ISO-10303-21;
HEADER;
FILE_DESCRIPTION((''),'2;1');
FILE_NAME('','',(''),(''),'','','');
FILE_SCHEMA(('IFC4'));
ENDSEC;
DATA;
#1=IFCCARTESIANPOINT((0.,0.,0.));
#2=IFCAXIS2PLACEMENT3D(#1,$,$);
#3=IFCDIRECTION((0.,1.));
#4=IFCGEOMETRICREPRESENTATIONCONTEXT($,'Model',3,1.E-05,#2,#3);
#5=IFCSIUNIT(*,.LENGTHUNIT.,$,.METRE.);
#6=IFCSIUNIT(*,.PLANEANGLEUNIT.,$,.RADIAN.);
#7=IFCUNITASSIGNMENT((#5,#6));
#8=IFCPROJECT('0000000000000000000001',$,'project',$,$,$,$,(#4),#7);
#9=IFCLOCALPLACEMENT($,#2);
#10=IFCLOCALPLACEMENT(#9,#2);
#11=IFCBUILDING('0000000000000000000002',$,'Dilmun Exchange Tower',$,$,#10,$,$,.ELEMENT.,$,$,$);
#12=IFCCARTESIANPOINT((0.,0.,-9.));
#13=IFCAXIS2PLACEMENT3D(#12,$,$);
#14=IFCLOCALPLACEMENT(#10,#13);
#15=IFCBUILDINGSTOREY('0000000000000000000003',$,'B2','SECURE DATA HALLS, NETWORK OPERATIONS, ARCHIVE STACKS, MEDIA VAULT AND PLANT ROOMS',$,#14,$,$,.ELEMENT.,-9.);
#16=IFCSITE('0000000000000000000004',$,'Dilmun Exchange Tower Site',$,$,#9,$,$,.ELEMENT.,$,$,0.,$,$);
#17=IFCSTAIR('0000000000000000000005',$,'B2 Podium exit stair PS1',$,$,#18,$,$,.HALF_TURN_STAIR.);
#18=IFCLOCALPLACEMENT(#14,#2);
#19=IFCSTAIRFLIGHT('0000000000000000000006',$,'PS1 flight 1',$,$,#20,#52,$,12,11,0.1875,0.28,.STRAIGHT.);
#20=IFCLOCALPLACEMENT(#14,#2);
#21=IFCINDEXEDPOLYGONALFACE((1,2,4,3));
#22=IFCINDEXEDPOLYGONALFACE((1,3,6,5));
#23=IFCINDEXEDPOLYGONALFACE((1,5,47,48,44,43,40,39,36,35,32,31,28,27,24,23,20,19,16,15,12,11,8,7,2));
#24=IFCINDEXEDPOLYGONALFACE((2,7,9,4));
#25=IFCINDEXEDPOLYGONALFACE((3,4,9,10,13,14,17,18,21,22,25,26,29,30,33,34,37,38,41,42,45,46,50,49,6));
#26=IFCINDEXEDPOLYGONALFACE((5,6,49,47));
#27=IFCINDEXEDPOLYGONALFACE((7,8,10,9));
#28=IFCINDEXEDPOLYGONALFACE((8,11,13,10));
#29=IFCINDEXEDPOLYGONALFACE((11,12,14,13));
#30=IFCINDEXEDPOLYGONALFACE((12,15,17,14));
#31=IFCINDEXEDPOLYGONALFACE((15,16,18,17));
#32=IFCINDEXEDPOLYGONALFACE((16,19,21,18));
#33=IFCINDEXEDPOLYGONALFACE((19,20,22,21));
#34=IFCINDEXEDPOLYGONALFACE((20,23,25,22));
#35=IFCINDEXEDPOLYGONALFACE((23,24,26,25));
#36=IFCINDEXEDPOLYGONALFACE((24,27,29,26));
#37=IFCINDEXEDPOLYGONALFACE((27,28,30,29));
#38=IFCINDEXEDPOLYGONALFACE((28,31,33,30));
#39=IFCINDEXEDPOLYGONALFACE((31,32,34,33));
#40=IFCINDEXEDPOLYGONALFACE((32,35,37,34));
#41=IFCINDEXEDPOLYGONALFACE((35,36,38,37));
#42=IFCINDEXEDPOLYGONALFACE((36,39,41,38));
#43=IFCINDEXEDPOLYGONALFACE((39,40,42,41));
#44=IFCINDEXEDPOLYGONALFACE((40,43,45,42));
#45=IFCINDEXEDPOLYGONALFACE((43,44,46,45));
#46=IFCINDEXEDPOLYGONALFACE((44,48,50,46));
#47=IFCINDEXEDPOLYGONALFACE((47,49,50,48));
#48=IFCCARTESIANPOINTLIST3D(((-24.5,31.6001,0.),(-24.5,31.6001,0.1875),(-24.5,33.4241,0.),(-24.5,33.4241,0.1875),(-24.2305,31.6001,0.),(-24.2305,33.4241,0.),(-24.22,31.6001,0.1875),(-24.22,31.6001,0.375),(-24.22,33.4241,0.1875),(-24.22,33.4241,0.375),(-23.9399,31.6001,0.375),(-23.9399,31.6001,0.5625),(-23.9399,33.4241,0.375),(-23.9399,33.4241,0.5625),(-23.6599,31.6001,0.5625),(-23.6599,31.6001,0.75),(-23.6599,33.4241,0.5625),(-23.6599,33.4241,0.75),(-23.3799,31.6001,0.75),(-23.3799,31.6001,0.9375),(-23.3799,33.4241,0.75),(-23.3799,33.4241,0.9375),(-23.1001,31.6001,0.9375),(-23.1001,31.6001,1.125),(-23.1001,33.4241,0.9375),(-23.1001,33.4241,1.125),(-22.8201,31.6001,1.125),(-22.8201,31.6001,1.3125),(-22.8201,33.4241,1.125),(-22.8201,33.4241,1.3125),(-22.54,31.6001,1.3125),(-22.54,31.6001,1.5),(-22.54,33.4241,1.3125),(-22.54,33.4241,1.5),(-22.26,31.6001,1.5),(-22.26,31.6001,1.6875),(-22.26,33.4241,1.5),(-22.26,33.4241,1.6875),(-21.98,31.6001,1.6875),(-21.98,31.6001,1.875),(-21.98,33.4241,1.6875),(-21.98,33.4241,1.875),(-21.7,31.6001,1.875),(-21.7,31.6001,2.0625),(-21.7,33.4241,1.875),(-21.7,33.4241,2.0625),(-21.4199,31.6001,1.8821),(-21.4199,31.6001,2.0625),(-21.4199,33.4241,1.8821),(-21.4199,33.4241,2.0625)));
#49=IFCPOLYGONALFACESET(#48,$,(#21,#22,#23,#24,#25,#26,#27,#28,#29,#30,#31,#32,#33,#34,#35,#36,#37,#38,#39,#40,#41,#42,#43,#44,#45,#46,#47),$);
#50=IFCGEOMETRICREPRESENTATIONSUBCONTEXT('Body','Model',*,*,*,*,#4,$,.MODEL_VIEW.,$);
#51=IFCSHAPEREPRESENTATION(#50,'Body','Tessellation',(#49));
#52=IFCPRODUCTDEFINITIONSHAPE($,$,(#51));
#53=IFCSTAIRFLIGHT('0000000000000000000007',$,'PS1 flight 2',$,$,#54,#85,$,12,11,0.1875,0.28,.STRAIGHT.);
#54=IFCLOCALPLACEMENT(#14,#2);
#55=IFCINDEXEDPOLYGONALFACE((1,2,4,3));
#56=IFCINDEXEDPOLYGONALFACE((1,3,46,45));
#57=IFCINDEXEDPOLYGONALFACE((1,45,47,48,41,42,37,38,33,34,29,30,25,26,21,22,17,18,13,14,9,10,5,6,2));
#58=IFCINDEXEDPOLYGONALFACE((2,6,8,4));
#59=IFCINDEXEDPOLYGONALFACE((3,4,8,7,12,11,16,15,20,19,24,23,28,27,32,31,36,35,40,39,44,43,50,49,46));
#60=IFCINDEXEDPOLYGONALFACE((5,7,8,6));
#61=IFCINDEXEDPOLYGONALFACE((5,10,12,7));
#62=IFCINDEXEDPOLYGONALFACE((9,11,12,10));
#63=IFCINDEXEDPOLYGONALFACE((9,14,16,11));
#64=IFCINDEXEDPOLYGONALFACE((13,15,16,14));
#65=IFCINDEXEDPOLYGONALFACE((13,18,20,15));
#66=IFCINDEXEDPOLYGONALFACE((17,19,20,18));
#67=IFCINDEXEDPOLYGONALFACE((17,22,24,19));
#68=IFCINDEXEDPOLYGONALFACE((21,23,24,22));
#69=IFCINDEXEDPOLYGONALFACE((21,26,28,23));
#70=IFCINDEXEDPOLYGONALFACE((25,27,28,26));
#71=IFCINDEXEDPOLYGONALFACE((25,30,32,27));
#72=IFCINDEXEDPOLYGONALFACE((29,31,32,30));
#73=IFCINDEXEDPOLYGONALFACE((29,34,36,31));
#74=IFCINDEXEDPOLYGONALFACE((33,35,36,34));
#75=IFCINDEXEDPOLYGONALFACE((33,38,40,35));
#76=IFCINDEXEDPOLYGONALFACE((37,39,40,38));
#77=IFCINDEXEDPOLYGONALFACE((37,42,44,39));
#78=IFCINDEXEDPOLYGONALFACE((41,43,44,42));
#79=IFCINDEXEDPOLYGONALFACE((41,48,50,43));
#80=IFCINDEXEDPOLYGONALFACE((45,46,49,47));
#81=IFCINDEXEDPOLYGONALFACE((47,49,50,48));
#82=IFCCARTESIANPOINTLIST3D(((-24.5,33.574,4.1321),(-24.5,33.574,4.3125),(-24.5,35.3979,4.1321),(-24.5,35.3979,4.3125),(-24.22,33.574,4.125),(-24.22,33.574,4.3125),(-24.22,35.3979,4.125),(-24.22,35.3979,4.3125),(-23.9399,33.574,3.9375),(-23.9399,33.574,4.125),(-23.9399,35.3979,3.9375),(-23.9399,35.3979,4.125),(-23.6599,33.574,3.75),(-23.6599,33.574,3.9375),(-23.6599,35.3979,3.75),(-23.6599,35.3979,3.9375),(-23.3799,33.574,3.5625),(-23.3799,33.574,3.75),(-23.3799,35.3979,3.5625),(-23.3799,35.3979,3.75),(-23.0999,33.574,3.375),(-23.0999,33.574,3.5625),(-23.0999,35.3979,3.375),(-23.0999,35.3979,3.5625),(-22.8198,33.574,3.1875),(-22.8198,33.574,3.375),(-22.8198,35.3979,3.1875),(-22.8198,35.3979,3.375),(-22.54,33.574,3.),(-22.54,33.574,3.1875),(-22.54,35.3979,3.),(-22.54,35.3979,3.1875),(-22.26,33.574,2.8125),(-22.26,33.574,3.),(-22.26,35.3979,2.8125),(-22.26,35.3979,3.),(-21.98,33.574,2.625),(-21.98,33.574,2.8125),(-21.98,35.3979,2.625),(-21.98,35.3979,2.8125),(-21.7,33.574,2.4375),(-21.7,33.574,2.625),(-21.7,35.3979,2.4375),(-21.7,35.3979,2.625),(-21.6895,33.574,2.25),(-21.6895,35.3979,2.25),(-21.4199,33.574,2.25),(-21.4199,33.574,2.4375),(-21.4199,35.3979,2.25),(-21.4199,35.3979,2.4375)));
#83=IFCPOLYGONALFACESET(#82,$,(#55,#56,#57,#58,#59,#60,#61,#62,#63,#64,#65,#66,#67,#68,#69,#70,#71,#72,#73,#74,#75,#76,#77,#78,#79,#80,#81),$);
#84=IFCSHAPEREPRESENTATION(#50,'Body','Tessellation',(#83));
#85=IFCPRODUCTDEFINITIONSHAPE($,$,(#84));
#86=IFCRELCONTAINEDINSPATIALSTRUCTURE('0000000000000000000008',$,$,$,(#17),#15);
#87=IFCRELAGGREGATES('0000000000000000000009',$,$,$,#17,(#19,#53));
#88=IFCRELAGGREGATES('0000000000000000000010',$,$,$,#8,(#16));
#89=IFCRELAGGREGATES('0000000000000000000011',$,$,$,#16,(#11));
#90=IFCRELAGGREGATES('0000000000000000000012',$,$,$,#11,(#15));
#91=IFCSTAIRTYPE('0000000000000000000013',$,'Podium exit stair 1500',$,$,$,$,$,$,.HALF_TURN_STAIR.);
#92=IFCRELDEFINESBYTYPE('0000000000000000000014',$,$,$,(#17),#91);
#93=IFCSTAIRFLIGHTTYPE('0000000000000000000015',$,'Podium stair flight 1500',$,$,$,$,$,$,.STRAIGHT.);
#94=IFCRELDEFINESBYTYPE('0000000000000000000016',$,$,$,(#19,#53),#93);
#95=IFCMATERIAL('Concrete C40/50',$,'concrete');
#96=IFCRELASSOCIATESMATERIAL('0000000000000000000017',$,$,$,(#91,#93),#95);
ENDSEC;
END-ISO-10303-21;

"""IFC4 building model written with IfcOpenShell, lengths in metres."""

from ifc_helpers import new_model, si_unit, direction, frame, origin, place, context, subcontext, project, spatial, polyline, outline, extrude, material, type_object, element, aggregate, save


model = new_model("IFC4")

# Units and contexts
model_context = context("Model", 3, precision=1e-05, world=origin(), true_north=direction((0.0, 1.0)))
body_context = subcontext(model_context, "Body", "Model", "MODEL_VIEW")
ifc_project = project(units=[si_unit("LENGTHUNIT", "METRE"), si_unit("PLANEANGLEUNIT", "RADIAN")], contexts=[model_context])

# Site, building, storey
site_placement = place(None, origin())
site = spatial("IfcSite", under=ifc_project, at=site_placement, Name="Dilmun Exchange Tower Site", CompositionType="ELEMENT", RefElevation=0.0)
building_placement = place(site_placement, origin())
building = spatial("IfcBuilding", under=site, at=building_placement, Name="Dilmun Exchange Tower", CompositionType="ELEMENT")
storey_placement = place(building_placement, frame((0.0, 0.0, -9.0)))
storey = spatial("IfcBuildingStorey", under=building, at=storey_placement, Name="B2", Description="SECURE DATA HALLS, NETWORK OPERATIONS, ARCHIVE STACKS, MEDIA VAULT AND PLANT ROOMS", CompositionType="ELEMENT", Elevation=-9.0)

# Shared definitions
ifc_material_1 = material(Name="Concrete C40/50", Category="concrete")

# Stair, stair flights
stair_type = type_object("IfcStairType", Name="Podium exit stair 1500", PredefinedType="HALF_TURN_STAIR", material=ifc_material_1)
stair_placement = place(storey_placement, origin())
stair = element("IfcStair", 1, at=stair_placement, inside=storey, type_object=stair_type, Name="B2 Podium exit stair PS1", PredefinedType="HALF_TURN_STAIR")
stair_flight_type = type_object("IfcStairFlightType", Name="Podium stair flight 1500", PredefinedType="STRAIGHT", material=ifc_material_1)
stair_flight_1_placement = place(storey_placement, frame((-24.5, 32.512, 0.0), z_axis=(0.0, 0.0, 1.0), x_axis=(1.0, 0.0, 0.0)))
stair_flight_1 = element("IfcStairFlight", 2, at=stair_flight_1_placement, type_object=stair_flight_type, Name="PS1 flight 1", NumberOfRisers=12, NumberOfTreads=11, PredefinedType="STRAIGHT", RiserHeight=0.1875, TreadLength=0.28, context=body_context, shape_type="SweptSolid", body=[
    extrude(outline(polyline([(0.0, 0.0), (0.0, 0.1875), (0.28, 0.1875), (0.28, 0.375), (0.5601, 0.375), (0.5601, 0.5625), (0.8401, 0.5625), (0.8401, 0.75), (1.1201, 0.75), (1.1201, 0.9375), (1.3999, 0.9375), (1.3999, 1.125), (1.6799, 1.125), (1.6799, 1.3125), (1.96, 1.3125), (1.96, 1.5), (2.24, 1.5), (2.24, 1.6875), (2.52, 1.6875), (2.52, 1.875), (2.8, 1.875), (2.8, 2.0625), (3.0801, 2.0625), (3.0801, 2.25), (3.0801, 1.8821), (0.2695, 0.0), (0.0, 0.0)])), frame((0.0, 0.9121, 0.0), z_axis=(0.0, -1.0, 0.0), x_axis=(1.0, 0.0, 0.0)), (0.0, 0.0, 1.0), 1.824),
])
stair_flight_2_placement = place(storey_placement, frame((-21.4199, 34.4861, 2.25), z_axis=(0.0, 0.0, 1.0), x_axis=(-1.0, 0.0, 0.0)))
stair_flight_2 = element("IfcStairFlight", 3, at=stair_flight_2_placement, type_object=stair_flight_type, Name="PS1 flight 2", NumberOfRisers=12, NumberOfTreads=11, PredefinedType="STRAIGHT", RiserHeight=0.1875, TreadLength=0.28, context=body_context, shape_type="SweptSolid", body=[
    extrude(outline(polyline([(0.0, 0.0), (0.0, 0.1875), (0.28, 0.1875), (0.28, 0.375), (0.5601, 0.375), (0.5601, 0.5625), (0.8401, 0.5625), (0.8401, 0.75), (1.1201, 0.75), (1.1201, 0.9375), (1.3999, 0.9375), (1.3999, 1.125), (1.6799, 1.125), (1.6799, 1.3125), (1.96, 1.3125), (1.96, 1.5), (2.24, 1.5), (2.24, 1.6875), (2.52, 1.6875), (2.52, 1.875), (2.8, 1.875), (2.8, 2.0625), (3.0801, 2.0625), (3.0801, 2.25), (3.0801, 1.8821), (0.2695, 0.0), (0.0, 0.0)])), frame((0.0, 0.9121, 0.0), z_axis=(0.0, -1.0, 0.0), x_axis=(1.0, 0.0, 0.0)), (0.0, 0.0, 1.0), 1.824),
])
aggregate(stair, [stair_flight_1, stair_flight_2])

save(model, "model.ifc")
